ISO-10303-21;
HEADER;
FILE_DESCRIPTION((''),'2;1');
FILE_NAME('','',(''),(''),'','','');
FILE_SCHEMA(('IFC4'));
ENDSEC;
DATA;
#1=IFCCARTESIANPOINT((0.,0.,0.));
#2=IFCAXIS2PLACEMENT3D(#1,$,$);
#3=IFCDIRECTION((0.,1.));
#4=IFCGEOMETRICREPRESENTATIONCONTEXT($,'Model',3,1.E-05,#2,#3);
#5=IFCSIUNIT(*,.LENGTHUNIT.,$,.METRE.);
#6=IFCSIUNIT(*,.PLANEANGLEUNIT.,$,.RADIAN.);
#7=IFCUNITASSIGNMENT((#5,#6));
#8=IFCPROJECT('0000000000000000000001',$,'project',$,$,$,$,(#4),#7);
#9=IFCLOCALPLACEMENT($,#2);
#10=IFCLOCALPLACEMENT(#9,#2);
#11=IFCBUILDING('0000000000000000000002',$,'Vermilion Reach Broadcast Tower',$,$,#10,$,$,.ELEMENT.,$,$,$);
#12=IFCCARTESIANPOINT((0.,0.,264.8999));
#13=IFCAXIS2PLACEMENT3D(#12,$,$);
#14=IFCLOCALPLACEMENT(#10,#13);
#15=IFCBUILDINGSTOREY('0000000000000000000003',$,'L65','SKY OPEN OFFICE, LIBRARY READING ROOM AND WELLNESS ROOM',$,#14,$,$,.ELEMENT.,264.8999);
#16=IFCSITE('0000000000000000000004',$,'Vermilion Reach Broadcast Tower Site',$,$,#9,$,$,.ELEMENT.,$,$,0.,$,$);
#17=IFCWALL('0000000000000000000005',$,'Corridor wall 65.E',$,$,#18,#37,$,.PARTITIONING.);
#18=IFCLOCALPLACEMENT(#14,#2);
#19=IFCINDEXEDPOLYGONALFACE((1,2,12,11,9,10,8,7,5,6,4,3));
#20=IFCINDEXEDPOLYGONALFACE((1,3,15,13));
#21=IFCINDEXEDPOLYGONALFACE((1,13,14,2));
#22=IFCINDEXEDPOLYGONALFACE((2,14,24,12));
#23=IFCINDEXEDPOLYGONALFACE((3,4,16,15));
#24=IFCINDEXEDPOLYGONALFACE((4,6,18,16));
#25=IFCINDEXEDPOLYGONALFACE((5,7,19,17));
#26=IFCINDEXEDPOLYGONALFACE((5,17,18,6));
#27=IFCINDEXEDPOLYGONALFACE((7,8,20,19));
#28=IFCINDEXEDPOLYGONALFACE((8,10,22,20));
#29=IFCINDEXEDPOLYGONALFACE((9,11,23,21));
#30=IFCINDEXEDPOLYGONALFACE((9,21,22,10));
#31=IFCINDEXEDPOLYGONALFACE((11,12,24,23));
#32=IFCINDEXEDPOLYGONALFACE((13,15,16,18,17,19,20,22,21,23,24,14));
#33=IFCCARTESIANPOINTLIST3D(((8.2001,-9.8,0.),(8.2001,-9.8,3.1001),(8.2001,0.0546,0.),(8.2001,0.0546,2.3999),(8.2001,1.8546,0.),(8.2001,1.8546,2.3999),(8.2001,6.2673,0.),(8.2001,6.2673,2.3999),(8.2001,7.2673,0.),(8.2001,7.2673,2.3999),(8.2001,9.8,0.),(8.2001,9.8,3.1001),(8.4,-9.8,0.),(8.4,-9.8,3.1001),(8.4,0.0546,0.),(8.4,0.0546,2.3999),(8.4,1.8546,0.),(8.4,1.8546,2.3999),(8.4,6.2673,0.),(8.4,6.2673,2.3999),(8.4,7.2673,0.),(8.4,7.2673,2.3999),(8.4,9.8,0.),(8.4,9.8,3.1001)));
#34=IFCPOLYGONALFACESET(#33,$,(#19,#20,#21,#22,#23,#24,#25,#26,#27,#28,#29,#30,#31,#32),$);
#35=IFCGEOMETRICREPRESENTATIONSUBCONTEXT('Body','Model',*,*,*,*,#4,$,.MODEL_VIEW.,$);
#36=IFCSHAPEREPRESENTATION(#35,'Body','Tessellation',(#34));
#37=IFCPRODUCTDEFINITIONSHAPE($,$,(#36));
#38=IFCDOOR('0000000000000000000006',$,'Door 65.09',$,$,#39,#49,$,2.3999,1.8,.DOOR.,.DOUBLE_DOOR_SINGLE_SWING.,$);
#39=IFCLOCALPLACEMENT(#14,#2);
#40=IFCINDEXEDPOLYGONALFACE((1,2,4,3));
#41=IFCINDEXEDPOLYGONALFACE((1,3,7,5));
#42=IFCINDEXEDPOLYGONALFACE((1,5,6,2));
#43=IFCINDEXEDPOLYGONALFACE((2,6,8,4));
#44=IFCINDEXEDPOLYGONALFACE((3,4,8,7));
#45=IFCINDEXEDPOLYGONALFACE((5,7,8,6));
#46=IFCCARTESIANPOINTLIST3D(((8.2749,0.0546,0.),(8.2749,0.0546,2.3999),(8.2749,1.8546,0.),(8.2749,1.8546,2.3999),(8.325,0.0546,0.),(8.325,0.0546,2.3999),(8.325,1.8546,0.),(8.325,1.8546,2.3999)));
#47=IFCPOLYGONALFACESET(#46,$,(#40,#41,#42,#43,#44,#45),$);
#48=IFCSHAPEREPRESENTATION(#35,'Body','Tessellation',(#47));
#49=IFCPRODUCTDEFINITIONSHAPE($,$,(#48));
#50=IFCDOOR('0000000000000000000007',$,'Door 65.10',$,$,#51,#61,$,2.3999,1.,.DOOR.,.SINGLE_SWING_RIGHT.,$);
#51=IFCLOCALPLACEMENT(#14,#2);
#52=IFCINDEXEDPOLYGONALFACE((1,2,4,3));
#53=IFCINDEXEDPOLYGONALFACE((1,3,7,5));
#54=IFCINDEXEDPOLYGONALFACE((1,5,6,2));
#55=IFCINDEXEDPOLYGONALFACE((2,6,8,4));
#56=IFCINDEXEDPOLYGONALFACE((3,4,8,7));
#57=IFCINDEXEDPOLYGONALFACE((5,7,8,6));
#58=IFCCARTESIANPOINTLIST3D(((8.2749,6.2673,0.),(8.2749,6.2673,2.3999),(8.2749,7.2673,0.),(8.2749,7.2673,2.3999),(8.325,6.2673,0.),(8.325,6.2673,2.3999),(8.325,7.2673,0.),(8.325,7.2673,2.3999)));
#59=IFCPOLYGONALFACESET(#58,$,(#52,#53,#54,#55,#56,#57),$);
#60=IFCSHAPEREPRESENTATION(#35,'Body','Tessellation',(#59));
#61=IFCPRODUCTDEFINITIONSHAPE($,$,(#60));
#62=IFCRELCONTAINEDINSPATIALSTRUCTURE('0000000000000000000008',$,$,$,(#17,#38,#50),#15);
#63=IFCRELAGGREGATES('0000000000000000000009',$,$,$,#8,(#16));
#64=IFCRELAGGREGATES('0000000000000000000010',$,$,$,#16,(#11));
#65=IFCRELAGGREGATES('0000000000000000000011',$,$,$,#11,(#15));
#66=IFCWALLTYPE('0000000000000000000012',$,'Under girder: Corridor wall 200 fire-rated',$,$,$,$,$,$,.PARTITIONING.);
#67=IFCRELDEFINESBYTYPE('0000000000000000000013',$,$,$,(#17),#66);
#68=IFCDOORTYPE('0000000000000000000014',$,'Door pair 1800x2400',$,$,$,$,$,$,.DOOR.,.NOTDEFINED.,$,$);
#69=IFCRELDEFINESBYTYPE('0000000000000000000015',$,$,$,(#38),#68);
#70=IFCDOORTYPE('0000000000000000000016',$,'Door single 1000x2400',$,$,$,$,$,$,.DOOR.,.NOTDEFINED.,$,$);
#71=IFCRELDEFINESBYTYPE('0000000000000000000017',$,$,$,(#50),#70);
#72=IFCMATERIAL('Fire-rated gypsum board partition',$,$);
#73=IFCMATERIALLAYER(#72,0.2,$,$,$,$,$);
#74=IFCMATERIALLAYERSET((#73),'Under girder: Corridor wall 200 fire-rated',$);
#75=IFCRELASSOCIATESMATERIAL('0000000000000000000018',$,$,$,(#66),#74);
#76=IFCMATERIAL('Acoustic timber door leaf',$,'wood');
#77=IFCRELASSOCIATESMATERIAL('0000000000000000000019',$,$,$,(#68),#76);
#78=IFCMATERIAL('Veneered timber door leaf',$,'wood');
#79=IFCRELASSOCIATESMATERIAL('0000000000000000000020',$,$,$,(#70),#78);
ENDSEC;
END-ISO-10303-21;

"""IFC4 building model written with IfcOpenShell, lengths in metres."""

from ifc_helpers import new_model, si_unit, direction, frame, frame_2d, origin, place, context, subcontext, project, spatial, rectangle, extrude, material, layer, layer_set, type_object, element, fill, save


model = new_model("IFC4")

# Units and contexts
model_context = context("Model", 3, precision=1e-05, world=origin(), true_north=direction((0.0, 1.0)))
body_context = subcontext(model_context, "Body", "Model", "MODEL_VIEW")
ifc_project = project(units=[si_unit("LENGTHUNIT", "METRE"), si_unit("PLANEANGLEUNIT", "RADIAN")], contexts=[model_context])

# Site, building, storey
site_placement = place(None, origin())
site = spatial("IfcSite", under=ifc_project, at=site_placement, Name="Vermilion Reach Broadcast Tower Site", CompositionType="ELEMENT", RefElevation=0.0)
building_placement = place(site_placement, origin())
building = spatial("IfcBuilding", under=site, at=building_placement, Name="Vermilion Reach Broadcast Tower", CompositionType="ELEMENT")
storey_placement = place(building_placement, frame((0.0, 0.0, 264.8999)))
storey = spatial("IfcBuildingStorey", under=building, at=storey_placement, Name="L65", Description="SKY OPEN OFFICE, LIBRARY READING ROOM AND WELLNESS ROOM", CompositionType="ELEMENT", Elevation=264.8999)

# Wall, openings, doors
ifc_material_1 = material(Name="Fire-rated gypsum board partition")
ifc_layer_1 = layer(ifc_material_1, 0.2)
ifc_layer_set_1 = layer_set([ifc_layer_1], Name="Under girder: Corridor wall 200 fire-rated")
wall_type_1 = type_object("IfcWallType", Name="Under girder: Corridor wall 200 fire-rated", PredefinedType="PARTITIONING", material=ifc_layer_set_1)
wall_1_placement = place(storey_placement, frame((8.3, 9.8, 0.0), z_axis=(0.0, 0.0, 1.0), x_axis=(0.0, -1.0, 0.0)))
wall_1 = element("IfcWall", 1, at=wall_1_placement, inside=storey, type_object=wall_type_1, Name="Corridor wall 65.E", PredefinedType="PARTITIONING", context=body_context, shape_type="SweptSolid", body=[
    extrude(rectangle(XDim=19.6001, YDim=0.2, at=frame_2d((9.8, 0.0))), origin(), (0.0, 0.0, 1.0), 3.1001),
])
opening_1_placement = place(wall_1_placement, frame((7.9456, 0.0, 0.0)))
opening_1 = element("IfcOpeningElement", 2, at=opening_1_placement, cuts=wall_1, PredefinedType="OPENING", context=body_context, shape_type="SweptSolid", body=[
    extrude(rectangle(XDim=1.8, YDim=2.3999, at=frame_2d((0.8999, 1.2))), frame((0.0, 0.1099, 0.0), z_axis=(0.0, -1.0, 0.0), x_axis=(1.0, 0.0, 0.0)), (0.0, 0.0, 1.0), 0.22),
])
opening_2_placement = place(wall_1_placement, frame((2.5327, 0.0, 0.0)))
opening_2 = element("IfcOpeningElement", 3, at=opening_2_placement, cuts=wall_1, PredefinedType="OPENING", context=body_context, shape_type="SweptSolid", body=[
    extrude(rectangle(XDim=1.0, YDim=2.3999, at=frame_2d((0.5, 1.2))), frame((0.0, 0.1099, 0.0), z_axis=(0.0, -1.0, 0.0), x_axis=(1.0, 0.0, 0.0)), (0.0, 0.0, 1.0), 0.22),
])
ifc_material_2 = material(Name="Acoustic timber door leaf", Category="wood")
door_type_1 = type_object("IfcDoorType", Name="Door pair 1800x2400", OperationType="NOTDEFINED", PredefinedType="DOOR", material=ifc_material_2)
door_1_placement = place(opening_1_placement, origin())
door_1 = element("IfcDoor", 4, at=door_1_placement, inside=storey, type_object=door_type_1, Name="Door 65.09", OperationType="DOUBLE_DOOR_SINGLE_SWING", OverallHeight=2.3999, OverallWidth=1.8, PredefinedType="DOOR", context=body_context, shape_type="SweptSolid", body=[
    extrude(rectangle(XDim=1.8, YDim=2.3999, at=frame_2d((0.8999, 1.2))), frame((0.0, 0.0249, 0.0), z_axis=(0.0, -1.0, 0.0), x_axis=(1.0, 0.0, 0.0)), (0.0, 0.0, 1.0), 0.05),
])
fill(opening_1, door_1)
ifc_material_3 = material(Name="Veneered timber door leaf", Category="wood")
door_type_2 = type_object("IfcDoorType", Name="Door single 1000x2400", OperationType="NOTDEFINED", PredefinedType="DOOR", material=ifc_material_3)
door_2_placement = place(opening_2_placement, origin())
door_2 = element("IfcDoor", 5, at=door_2_placement, inside=storey, type_object=door_type_2, Name="Door 65.10", OperationType="SINGLE_SWING_RIGHT", OverallHeight=2.3999, OverallWidth=1.0, PredefinedType="DOOR", context=body_context, shape_type="SweptSolid", body=[
    extrude(rectangle(XDim=1.0, YDim=2.3999, at=frame_2d((0.5, 1.2))), frame((0.0, 0.0249, 0.0), z_axis=(0.0, -1.0, 0.0), x_axis=(1.0, 0.0, 0.0)), (0.0, 0.0, 1.0), 0.05),
])
fill(opening_2, door_2)

save(model, "model.ifc")
